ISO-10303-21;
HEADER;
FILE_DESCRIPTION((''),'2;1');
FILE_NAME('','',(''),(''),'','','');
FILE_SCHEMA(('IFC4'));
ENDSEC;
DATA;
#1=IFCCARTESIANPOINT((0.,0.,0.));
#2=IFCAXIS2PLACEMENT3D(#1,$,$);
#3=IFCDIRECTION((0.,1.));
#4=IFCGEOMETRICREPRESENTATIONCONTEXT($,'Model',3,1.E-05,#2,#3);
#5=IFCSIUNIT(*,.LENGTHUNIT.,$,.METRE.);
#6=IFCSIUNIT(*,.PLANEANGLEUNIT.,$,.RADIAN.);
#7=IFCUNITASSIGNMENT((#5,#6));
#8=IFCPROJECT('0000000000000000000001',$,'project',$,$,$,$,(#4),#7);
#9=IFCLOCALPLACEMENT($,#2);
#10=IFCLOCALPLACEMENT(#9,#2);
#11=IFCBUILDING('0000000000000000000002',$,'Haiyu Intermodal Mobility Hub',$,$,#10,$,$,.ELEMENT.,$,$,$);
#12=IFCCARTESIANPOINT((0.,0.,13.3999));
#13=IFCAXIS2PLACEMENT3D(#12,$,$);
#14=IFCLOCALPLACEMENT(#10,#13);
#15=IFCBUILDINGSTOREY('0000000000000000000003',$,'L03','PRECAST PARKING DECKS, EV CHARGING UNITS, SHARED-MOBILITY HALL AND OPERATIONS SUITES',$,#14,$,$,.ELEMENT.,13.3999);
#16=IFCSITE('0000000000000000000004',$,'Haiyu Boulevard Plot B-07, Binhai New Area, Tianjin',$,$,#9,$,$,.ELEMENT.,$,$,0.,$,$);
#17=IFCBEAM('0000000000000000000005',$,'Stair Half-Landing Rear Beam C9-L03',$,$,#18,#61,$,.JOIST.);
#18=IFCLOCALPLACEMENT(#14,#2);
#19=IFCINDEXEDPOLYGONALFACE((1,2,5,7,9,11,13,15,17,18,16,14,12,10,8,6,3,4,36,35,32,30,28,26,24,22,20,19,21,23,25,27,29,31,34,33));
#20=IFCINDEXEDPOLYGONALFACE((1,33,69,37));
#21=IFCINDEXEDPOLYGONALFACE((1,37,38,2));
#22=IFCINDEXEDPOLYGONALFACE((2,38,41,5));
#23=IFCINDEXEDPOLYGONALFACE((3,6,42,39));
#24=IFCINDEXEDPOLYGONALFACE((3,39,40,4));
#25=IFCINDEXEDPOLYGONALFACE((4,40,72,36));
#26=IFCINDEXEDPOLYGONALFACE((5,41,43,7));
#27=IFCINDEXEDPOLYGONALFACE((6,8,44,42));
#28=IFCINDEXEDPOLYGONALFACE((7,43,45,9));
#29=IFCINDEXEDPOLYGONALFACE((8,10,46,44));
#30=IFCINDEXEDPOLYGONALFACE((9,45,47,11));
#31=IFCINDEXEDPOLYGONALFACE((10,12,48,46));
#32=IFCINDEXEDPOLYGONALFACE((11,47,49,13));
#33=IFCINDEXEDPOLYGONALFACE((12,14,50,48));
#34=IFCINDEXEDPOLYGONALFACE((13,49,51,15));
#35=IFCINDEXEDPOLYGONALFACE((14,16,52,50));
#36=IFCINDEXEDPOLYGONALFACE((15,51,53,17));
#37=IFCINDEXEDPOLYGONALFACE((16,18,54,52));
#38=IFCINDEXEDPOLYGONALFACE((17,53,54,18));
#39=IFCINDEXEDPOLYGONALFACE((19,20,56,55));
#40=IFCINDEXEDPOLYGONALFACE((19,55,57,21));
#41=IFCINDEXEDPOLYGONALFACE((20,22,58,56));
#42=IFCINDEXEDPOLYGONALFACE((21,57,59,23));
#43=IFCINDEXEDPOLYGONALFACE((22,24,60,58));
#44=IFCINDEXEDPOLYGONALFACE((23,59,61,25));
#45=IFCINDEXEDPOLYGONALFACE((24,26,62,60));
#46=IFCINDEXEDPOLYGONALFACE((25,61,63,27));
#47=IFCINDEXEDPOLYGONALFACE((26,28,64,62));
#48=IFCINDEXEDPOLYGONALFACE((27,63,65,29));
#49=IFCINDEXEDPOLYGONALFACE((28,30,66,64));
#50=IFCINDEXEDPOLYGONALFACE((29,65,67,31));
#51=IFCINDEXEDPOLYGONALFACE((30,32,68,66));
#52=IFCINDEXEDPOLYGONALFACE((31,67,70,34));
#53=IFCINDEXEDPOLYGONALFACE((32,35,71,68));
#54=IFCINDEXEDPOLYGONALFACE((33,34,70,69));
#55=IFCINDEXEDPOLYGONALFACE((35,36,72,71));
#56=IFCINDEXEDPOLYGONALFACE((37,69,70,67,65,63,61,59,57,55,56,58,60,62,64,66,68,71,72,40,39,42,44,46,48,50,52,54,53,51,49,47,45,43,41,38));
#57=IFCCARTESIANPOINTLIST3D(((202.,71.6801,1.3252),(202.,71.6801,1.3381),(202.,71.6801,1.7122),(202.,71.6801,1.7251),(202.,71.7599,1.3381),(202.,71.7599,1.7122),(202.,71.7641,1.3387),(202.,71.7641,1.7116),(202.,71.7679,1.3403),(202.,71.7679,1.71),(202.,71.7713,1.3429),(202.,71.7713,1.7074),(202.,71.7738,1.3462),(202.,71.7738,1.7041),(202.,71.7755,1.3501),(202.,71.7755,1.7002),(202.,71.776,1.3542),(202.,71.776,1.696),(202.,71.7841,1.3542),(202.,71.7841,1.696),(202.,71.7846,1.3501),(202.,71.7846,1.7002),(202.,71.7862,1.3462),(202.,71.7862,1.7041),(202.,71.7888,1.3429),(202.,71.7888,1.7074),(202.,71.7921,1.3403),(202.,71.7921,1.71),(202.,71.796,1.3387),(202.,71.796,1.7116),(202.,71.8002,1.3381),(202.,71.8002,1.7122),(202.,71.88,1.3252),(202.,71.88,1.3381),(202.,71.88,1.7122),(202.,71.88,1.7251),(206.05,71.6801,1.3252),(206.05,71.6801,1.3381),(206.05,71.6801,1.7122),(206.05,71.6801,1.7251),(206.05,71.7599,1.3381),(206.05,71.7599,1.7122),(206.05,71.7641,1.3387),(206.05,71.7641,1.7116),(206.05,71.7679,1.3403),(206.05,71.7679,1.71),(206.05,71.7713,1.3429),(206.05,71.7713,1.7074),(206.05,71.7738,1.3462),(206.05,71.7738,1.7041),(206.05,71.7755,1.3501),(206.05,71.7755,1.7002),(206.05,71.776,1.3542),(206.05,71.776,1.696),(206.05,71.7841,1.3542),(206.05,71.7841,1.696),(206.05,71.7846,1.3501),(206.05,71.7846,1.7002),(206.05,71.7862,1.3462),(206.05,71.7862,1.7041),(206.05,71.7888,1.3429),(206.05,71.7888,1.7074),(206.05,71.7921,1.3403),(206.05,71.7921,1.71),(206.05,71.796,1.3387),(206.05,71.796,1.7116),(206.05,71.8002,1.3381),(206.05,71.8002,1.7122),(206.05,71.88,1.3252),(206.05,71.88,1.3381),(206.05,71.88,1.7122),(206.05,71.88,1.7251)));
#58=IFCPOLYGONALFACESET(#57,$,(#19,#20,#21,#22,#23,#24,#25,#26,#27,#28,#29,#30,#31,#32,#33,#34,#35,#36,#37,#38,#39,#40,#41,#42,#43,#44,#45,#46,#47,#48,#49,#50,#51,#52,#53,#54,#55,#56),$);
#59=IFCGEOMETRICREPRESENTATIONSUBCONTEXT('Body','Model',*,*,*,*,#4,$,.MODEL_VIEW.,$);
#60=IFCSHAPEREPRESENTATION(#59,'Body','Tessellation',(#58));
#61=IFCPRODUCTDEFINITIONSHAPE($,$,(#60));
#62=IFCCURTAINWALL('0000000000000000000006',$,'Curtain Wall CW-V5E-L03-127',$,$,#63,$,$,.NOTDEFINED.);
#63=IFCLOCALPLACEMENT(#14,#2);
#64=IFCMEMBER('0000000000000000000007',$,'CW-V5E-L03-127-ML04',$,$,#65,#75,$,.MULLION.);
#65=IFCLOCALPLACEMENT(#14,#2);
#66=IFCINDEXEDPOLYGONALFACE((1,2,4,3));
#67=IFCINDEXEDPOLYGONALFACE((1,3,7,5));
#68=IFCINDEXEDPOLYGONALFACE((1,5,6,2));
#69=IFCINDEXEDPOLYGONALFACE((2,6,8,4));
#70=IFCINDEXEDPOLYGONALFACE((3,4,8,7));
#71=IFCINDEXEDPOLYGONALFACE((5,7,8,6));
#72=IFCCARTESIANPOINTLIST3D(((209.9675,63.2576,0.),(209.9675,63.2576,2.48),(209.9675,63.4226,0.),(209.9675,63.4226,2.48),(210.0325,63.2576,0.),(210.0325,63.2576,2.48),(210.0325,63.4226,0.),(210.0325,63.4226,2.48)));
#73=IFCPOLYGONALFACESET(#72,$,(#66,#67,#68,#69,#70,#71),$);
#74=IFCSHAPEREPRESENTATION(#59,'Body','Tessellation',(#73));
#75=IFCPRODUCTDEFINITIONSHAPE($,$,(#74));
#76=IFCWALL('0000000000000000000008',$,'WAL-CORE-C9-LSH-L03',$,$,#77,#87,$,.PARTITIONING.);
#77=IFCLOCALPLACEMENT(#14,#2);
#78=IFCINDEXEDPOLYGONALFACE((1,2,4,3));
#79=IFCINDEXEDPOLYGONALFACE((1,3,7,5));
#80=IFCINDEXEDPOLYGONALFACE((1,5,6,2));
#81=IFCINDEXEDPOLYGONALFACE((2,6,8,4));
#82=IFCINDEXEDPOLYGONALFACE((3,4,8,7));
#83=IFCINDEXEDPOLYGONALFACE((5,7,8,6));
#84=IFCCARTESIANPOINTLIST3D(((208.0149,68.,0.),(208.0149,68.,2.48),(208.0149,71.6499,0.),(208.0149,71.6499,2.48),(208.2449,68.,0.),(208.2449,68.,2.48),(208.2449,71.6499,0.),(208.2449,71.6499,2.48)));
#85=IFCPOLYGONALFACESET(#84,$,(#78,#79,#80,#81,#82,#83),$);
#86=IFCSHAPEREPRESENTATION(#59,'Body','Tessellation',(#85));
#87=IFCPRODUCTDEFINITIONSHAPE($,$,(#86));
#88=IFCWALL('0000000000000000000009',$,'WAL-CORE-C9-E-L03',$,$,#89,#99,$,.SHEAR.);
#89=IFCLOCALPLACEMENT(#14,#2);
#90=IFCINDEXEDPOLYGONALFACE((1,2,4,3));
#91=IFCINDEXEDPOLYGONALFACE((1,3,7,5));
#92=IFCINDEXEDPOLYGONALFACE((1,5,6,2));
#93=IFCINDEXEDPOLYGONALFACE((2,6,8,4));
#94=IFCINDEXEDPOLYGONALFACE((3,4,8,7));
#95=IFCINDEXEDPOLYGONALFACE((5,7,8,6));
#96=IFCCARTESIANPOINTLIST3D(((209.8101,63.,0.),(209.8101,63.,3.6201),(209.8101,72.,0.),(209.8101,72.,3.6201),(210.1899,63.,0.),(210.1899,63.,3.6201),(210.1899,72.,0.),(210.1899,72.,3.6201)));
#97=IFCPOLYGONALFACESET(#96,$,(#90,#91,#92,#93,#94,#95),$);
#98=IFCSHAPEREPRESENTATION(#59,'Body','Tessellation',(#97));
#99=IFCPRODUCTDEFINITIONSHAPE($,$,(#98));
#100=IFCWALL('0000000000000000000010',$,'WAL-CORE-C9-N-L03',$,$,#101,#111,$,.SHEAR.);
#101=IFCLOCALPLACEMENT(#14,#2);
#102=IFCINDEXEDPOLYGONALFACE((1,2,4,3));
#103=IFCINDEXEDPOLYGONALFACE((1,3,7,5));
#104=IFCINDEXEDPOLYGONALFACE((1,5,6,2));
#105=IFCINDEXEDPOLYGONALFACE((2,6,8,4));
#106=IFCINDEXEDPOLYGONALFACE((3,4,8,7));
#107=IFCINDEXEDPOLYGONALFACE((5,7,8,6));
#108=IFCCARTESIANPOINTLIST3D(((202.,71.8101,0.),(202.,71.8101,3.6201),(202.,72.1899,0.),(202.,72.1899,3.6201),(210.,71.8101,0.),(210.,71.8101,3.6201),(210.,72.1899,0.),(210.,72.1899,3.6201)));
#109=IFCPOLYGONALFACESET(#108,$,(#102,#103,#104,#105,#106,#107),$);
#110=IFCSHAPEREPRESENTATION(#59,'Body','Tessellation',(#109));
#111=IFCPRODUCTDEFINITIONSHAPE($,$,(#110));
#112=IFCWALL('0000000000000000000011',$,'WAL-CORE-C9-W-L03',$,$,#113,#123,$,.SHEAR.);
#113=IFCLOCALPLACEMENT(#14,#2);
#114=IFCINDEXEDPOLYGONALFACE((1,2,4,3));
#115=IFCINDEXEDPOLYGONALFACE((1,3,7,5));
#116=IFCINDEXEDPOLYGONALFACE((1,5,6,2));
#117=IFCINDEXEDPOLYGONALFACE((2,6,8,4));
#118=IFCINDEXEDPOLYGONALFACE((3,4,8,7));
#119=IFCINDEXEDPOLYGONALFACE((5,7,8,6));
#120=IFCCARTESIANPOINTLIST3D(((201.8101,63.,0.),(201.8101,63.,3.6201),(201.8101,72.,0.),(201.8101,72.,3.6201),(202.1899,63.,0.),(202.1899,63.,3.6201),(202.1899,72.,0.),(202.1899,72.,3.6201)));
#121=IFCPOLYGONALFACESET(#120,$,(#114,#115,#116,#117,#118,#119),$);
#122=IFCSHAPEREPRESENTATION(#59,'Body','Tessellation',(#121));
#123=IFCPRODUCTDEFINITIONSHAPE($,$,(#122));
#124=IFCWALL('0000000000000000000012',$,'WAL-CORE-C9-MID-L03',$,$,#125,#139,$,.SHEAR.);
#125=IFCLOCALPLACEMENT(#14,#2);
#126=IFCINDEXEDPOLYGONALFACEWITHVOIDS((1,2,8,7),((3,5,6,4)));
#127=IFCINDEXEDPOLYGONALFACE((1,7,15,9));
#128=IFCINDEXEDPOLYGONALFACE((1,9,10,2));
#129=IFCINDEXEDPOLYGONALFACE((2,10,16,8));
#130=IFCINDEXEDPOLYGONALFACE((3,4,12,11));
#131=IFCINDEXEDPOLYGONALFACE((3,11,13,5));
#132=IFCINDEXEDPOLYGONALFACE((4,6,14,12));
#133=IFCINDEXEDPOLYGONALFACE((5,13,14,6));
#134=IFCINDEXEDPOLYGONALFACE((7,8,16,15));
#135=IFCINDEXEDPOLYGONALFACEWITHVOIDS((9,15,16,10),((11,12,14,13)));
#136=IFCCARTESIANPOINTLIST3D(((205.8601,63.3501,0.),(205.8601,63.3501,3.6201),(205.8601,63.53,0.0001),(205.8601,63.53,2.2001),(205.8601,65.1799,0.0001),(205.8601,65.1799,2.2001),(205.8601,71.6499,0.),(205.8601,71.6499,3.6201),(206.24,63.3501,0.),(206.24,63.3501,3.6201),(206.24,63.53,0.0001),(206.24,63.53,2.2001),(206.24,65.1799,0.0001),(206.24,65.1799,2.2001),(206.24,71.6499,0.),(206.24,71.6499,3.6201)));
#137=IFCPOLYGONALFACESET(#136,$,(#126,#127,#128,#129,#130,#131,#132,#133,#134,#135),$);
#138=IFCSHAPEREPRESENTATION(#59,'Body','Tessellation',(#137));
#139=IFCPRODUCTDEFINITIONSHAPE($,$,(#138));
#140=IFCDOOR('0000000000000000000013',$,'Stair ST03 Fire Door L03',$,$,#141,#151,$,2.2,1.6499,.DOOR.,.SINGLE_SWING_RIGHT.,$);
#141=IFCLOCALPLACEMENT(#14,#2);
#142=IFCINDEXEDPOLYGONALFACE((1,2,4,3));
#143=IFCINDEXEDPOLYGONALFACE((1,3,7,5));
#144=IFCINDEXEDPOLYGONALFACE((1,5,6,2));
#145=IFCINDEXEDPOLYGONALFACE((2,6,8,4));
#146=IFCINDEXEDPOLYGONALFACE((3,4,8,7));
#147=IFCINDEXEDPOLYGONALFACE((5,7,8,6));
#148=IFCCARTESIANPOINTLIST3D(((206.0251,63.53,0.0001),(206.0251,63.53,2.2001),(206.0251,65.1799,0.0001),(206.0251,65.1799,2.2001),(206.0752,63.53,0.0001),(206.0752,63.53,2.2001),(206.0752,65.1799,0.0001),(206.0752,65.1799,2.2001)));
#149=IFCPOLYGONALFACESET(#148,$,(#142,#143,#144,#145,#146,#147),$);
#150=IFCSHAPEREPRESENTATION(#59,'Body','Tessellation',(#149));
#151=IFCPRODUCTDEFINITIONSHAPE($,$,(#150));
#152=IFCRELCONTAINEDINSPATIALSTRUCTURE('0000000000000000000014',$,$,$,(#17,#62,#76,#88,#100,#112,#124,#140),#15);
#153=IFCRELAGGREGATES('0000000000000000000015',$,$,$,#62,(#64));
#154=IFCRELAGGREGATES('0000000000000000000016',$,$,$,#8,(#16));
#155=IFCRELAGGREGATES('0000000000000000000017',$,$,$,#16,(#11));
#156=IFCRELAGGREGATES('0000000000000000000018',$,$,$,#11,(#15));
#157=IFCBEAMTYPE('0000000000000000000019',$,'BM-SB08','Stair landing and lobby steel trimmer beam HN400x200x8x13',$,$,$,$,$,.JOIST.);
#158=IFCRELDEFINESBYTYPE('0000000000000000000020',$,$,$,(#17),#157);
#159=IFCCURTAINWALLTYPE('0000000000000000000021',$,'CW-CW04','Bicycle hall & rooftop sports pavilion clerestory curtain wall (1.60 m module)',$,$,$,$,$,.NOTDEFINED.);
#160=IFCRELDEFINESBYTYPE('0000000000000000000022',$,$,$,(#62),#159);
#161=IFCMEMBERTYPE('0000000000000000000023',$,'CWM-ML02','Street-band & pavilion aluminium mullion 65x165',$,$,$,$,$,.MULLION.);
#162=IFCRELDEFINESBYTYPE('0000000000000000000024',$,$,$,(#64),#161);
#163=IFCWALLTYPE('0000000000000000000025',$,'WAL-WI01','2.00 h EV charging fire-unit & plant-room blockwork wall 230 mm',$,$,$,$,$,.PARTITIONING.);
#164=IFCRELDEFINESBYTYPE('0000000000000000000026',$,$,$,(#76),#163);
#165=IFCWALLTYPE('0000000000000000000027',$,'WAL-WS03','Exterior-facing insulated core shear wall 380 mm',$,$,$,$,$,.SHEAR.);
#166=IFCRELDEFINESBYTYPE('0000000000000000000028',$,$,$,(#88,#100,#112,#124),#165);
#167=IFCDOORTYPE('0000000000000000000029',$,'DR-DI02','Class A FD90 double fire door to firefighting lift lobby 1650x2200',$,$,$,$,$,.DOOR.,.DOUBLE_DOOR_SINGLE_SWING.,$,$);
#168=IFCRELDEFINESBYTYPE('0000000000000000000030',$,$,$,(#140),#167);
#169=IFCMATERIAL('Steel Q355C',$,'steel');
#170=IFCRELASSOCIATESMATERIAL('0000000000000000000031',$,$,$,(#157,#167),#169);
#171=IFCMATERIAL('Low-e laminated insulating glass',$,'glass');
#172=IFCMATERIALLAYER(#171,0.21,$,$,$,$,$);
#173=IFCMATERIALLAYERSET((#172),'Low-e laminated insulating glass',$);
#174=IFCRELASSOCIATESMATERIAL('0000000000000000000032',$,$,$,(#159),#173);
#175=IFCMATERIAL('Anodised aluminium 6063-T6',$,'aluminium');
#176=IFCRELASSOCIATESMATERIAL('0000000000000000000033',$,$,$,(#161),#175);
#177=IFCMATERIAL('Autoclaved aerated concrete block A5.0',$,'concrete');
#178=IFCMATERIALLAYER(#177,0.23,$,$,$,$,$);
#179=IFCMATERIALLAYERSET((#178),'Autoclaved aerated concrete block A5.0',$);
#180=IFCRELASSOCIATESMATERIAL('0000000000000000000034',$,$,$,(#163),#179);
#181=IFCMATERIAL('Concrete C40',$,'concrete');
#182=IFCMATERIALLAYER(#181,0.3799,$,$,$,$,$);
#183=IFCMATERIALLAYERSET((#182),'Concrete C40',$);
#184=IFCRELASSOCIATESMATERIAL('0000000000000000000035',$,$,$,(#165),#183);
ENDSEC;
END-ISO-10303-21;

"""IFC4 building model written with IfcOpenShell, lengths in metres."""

from ifc_helpers import new_model, si_unit, direction, frame, frame_2d, origin, origin_2d, place, context, subcontext, project, spatial, rectangle, i_section, extrude, material, layer, layer_set, material_profile, profile_set, type_object, element, fill, aggregate, save


model = new_model("IFC4")

# Units and contexts
model_context = context("Model", 3, precision=1e-05, world=origin(), true_north=direction((0.0, 1.0)))
body_context = subcontext(model_context, "Body", "Model", "MODEL_VIEW")
ifc_project = project(units=[si_unit("LENGTHUNIT", "METRE"), si_unit("PLANEANGLEUNIT", "RADIAN")], contexts=[model_context])

# Site, building, storey
site_placement = place(None, origin())
site = spatial("IfcSite", under=ifc_project, at=site_placement, Name="Haiyu Boulevard Plot B-07, Binhai New Area, Tianjin", CompositionType="ELEMENT", RefElevation=0.0)
building_placement = place(site_placement, origin())
building = spatial("IfcBuilding", under=site, at=building_placement, Name="Haiyu Intermodal Mobility Hub", CompositionType="ELEMENT")
storey_placement = place(building_placement, frame((0.0, 0.0, 13.3999)))
storey = spatial("IfcBuildingStorey", under=building, at=storey_placement, Name="L03", Description="PRECAST PARKING DECKS, EV CHARGING UNITS, SHARED-MOBILITY HALL AND OPERATIONS SUITES", CompositionType="ELEMENT", Elevation=13.3999)

# Beam
ifc_material_1 = material(Name="Concrete C40", Category="concrete")
ifc_material_2 = material(Name="Steel Q355C", Category="steel")
ifc_material_profile_1 = material_profile(ifc_material_2, i_section(OverallWidth=0.2, OverallDepth=0.3999, WebThickness=0.0081, FlangeThickness=0.0129, FilletRadius=0.0161, at=origin_2d()), Name="HN400x200x8x13")
ifc_profile_set_1 = profile_set([ifc_material_profile_1], Name="Steel Q355C")
beam_type_1 = type_object("IfcBeamType", Name="BM-SB08", Description="Stair landing and lobby steel trimmer beam HN400x200x8x13", PredefinedType="JOIST", material=ifc_profile_set_1)
for number, where, z_axis, x_axis, name in (
    (1, (202.0, 71.78, 1.5251), (1.0, 0.0, 0.0), (0.0, 1.0, 0.0), "Stair Half-Landing Rear Beam C9-L03"),
):
    element("IfcBeam", number, at=place(storey_placement, frame(where, z_axis=z_axis, x_axis=x_axis)), inside=storey, type_object=beam_type_1, Name=name, PredefinedType="JOIST", context=body_context, shape_type="SweptSolid", body=[
        extrude(i_section(OverallWidth=0.2, OverallDepth=0.3999, WebThickness=0.0081, FlangeThickness=0.0129, FilletRadius=0.0161, at=origin_2d()), origin(), (0.0, 0.0, 1.0), 4.05),
    ])

# Curtain wall, member
ifc_material_3 = material(Name="Low-e laminated insulating glass", Category="glass")
ifc_layer_1 = layer(ifc_material_3, 0.21)
ifc_layer_set_1 = layer_set([ifc_layer_1], Name="Low-e laminated insulating glass")
curtain_wall_type = type_object("IfcCurtainWallType", Name="CW-CW04", Description="Bicycle hall & rooftop sports pavilion clerestory curtain wall (1.60 m module)", PredefinedType="NOTDEFINED", material=ifc_layer_set_1)
curtain_wall_placement = place(storey_placement, origin())
curtain_wall = element("IfcCurtainWall", 2, at=curtain_wall_placement, inside=storey, type_object=curtain_wall_type, Name="Curtain Wall CW-V5E-L03-127", PredefinedType="NOTDEFINED")
ifc_material_4 = material(Name="Anodised aluminium 6063-T6", Category="aluminium")
ifc_material_profile_2 = material_profile(ifc_material_4, rectangle(XDim=0.0649, YDim=0.165, at=origin_2d()), Name="ALU65x165")
ifc_profile_set_2 = profile_set([ifc_material_profile_2], Name="Anodised aluminium 6063-T6")
member_type = type_object("IfcMemberType", Name="CWM-ML02", Description="Street-band & pavilion aluminium mullion 65x165", PredefinedType="MULLION", material=ifc_profile_set_2)
member_placement = place(storey_placement, frame((210.0, 63.3401, 0.0), z_axis=(0.0, 0.0, 1.0), x_axis=(1.0, 0.0, 0.0)))
member = element("IfcMember", 3, at=member_placement, type_object=member_type, Name="CW-V5E-L03-127-ML04", PredefinedType="MULLION", context=body_context, shape_type="SweptSolid", body=[
    extrude(rectangle(XDim=0.0649, YDim=0.165, at=origin_2d()), origin(), (0.0, 0.0, 1.0), 2.48),
])
aggregate(curtain_wall, [member])

# Wall
ifc_material_5 = material(Name="Autoclaved aerated concrete block A5.0", Category="concrete")
ifc_layer_2 = layer(ifc_material_5, 0.23)
ifc_layer_set_2 = layer_set([ifc_layer_2], Name="Autoclaved aerated concrete block A5.0")
wall_type_1 = type_object("IfcWallType", Name="WAL-WI01", Description="2.00 h EV charging fire-unit & plant-room blockwork wall 230 mm", PredefinedType="PARTITIONING", material=ifc_layer_set_2)
wall_1_placement = place(storey_placement, frame((208.1299, 68.0, 0.0), z_axis=(0.0, 0.0, 1.0), x_axis=(0.0, 1.0, 0.0)))
element("IfcWall", 4, at=wall_1_placement, inside=storey, type_object=wall_type_1, Name="WAL-CORE-C9-LSH-L03", PredefinedType="PARTITIONING", context=body_context, shape_type="SweptSolid", body=[
    extrude(rectangle(XDim=3.6499, YDim=0.23, at=frame_2d((1.825, 0.0))), origin(), (0.0, 0.0, 1.0), 2.48),
])

# Walls
ifc_layer_3 = layer(ifc_material_1, 0.3799)
ifc_layer_set_3 = layer_set([ifc_layer_3], Name="Concrete C40")
wall_type_2 = type_object("IfcWallType", Name="WAL-WS03", Description="Exterior-facing insulated core shear wall 380 mm", PredefinedType="SHEAR", material=ifc_layer_set_3)
wall_2_placement = place(storey_placement, frame((210.0, 63.0, 0.0), z_axis=(0.0, 0.0, 1.0), x_axis=(0.0, 1.0, 0.0)))
element("IfcWall", 5, at=wall_2_placement, inside=storey, type_object=wall_type_2, Name="WAL-CORE-C9-E-L03", PredefinedType="SHEAR", context=body_context, shape_type="SweptSolid", body=[
    extrude(rectangle(XDim=9.0, YDim=0.3799, at=frame_2d((4.5, 0.0))), origin(), (0.0, 0.0, 1.0), 3.6201),
])
wall_3_placement = place(storey_placement, frame((210.0, 72.0, 0.0), z_axis=(0.0, 0.0, 1.0), x_axis=(-1.0, 0.0, 0.0)))
element("IfcWall", 6, at=wall_3_placement, inside=storey, type_object=wall_type_2, Name="WAL-CORE-C9-N-L03", PredefinedType="SHEAR", context=body_context, shape_type="SweptSolid", body=[
    extrude(rectangle(XDim=8.0, YDim=0.3799, at=frame_2d((4.0, 0.0))), origin(), (0.0, 0.0, 1.0), 3.6201),
])
wall_4_placement = place(storey_placement, frame((202.0, 72.0, 0.0), z_axis=(0.0, 0.0, 1.0), x_axis=(0.0, -1.0, 0.0)))
element("IfcWall", 7, at=wall_4_placement, inside=storey, type_object=wall_type_2, Name="WAL-CORE-C9-W-L03", PredefinedType="SHEAR", context=body_context, shape_type="SweptSolid", body=[
    extrude(rectangle(XDim=9.0, YDim=0.3799, at=frame_2d((4.5, 0.0))), origin(), (0.0, 0.0, 1.0), 3.6201),
])

# Wall, opening, door
wall_5_placement = place(storey_placement, frame((206.05, 63.3501, 0.0), z_axis=(0.0, 0.0, 1.0), x_axis=(0.0, 1.0, 0.0)))
wall_5 = element("IfcWall", 8, at=wall_5_placement, inside=storey, type_object=wall_type_2, Name="WAL-CORE-C9-MID-L03", PredefinedType="SHEAR", context=body_context, shape_type="SweptSolid", body=[
    extrude(rectangle(XDim=8.2998, YDim=0.3799, at=frame_2d((4.1499, 0.0))), origin(), (0.0, 0.0, 1.0), 3.6201),
])
opening_1_placement = place(wall_5_placement, frame((0.1799, 0.0, 0.0)))
opening_1 = element("IfcOpeningElement", 9, at=opening_1_placement, cuts=wall_5, PredefinedType="OPENING", context=body_context, shape_type="SweptSolid", body=[
    extrude(rectangle(XDim=1.6499, YDim=2.2, at=frame_2d((0.825, 1.1001))), frame((0.0, 0.2, 0.0), z_axis=(0.0, -1.0, 0.0), x_axis=(1.0, 0.0, 0.0)), (0.0, 0.0, 1.0), 0.3999),
])
door_type_1 = type_object("IfcDoorType", Name="DR-DI02", Description="Class A FD90 double fire door to firefighting lift lobby 1650x2200", OperationType="DOUBLE_DOOR_SINGLE_SWING", PredefinedType="DOOR", material=ifc_material_2)
door_1_placement = place(opening_1_placement, origin())
door_1 = element("IfcDoor", 10, at=door_1_placement, inside=storey, type_object=door_type_1, Name="Stair ST03 Fire Door L03", OperationType="SINGLE_SWING_RIGHT", OverallHeight=2.2, OverallWidth=1.6499, PredefinedType="DOOR", context=body_context, shape_type="SweptSolid", body=[
    extrude(rectangle(XDim=1.6499, YDim=2.2, at=frame_2d((0.825, 1.1001))), frame((0.0, 0.0249, 0.0), z_axis=(0.0, -1.0, 0.0), x_axis=(1.0, 0.0, 0.0)), (0.0, 0.0, 1.0), 0.05),
])
fill(opening_1, door_1)

save(model, "model.ifc")
